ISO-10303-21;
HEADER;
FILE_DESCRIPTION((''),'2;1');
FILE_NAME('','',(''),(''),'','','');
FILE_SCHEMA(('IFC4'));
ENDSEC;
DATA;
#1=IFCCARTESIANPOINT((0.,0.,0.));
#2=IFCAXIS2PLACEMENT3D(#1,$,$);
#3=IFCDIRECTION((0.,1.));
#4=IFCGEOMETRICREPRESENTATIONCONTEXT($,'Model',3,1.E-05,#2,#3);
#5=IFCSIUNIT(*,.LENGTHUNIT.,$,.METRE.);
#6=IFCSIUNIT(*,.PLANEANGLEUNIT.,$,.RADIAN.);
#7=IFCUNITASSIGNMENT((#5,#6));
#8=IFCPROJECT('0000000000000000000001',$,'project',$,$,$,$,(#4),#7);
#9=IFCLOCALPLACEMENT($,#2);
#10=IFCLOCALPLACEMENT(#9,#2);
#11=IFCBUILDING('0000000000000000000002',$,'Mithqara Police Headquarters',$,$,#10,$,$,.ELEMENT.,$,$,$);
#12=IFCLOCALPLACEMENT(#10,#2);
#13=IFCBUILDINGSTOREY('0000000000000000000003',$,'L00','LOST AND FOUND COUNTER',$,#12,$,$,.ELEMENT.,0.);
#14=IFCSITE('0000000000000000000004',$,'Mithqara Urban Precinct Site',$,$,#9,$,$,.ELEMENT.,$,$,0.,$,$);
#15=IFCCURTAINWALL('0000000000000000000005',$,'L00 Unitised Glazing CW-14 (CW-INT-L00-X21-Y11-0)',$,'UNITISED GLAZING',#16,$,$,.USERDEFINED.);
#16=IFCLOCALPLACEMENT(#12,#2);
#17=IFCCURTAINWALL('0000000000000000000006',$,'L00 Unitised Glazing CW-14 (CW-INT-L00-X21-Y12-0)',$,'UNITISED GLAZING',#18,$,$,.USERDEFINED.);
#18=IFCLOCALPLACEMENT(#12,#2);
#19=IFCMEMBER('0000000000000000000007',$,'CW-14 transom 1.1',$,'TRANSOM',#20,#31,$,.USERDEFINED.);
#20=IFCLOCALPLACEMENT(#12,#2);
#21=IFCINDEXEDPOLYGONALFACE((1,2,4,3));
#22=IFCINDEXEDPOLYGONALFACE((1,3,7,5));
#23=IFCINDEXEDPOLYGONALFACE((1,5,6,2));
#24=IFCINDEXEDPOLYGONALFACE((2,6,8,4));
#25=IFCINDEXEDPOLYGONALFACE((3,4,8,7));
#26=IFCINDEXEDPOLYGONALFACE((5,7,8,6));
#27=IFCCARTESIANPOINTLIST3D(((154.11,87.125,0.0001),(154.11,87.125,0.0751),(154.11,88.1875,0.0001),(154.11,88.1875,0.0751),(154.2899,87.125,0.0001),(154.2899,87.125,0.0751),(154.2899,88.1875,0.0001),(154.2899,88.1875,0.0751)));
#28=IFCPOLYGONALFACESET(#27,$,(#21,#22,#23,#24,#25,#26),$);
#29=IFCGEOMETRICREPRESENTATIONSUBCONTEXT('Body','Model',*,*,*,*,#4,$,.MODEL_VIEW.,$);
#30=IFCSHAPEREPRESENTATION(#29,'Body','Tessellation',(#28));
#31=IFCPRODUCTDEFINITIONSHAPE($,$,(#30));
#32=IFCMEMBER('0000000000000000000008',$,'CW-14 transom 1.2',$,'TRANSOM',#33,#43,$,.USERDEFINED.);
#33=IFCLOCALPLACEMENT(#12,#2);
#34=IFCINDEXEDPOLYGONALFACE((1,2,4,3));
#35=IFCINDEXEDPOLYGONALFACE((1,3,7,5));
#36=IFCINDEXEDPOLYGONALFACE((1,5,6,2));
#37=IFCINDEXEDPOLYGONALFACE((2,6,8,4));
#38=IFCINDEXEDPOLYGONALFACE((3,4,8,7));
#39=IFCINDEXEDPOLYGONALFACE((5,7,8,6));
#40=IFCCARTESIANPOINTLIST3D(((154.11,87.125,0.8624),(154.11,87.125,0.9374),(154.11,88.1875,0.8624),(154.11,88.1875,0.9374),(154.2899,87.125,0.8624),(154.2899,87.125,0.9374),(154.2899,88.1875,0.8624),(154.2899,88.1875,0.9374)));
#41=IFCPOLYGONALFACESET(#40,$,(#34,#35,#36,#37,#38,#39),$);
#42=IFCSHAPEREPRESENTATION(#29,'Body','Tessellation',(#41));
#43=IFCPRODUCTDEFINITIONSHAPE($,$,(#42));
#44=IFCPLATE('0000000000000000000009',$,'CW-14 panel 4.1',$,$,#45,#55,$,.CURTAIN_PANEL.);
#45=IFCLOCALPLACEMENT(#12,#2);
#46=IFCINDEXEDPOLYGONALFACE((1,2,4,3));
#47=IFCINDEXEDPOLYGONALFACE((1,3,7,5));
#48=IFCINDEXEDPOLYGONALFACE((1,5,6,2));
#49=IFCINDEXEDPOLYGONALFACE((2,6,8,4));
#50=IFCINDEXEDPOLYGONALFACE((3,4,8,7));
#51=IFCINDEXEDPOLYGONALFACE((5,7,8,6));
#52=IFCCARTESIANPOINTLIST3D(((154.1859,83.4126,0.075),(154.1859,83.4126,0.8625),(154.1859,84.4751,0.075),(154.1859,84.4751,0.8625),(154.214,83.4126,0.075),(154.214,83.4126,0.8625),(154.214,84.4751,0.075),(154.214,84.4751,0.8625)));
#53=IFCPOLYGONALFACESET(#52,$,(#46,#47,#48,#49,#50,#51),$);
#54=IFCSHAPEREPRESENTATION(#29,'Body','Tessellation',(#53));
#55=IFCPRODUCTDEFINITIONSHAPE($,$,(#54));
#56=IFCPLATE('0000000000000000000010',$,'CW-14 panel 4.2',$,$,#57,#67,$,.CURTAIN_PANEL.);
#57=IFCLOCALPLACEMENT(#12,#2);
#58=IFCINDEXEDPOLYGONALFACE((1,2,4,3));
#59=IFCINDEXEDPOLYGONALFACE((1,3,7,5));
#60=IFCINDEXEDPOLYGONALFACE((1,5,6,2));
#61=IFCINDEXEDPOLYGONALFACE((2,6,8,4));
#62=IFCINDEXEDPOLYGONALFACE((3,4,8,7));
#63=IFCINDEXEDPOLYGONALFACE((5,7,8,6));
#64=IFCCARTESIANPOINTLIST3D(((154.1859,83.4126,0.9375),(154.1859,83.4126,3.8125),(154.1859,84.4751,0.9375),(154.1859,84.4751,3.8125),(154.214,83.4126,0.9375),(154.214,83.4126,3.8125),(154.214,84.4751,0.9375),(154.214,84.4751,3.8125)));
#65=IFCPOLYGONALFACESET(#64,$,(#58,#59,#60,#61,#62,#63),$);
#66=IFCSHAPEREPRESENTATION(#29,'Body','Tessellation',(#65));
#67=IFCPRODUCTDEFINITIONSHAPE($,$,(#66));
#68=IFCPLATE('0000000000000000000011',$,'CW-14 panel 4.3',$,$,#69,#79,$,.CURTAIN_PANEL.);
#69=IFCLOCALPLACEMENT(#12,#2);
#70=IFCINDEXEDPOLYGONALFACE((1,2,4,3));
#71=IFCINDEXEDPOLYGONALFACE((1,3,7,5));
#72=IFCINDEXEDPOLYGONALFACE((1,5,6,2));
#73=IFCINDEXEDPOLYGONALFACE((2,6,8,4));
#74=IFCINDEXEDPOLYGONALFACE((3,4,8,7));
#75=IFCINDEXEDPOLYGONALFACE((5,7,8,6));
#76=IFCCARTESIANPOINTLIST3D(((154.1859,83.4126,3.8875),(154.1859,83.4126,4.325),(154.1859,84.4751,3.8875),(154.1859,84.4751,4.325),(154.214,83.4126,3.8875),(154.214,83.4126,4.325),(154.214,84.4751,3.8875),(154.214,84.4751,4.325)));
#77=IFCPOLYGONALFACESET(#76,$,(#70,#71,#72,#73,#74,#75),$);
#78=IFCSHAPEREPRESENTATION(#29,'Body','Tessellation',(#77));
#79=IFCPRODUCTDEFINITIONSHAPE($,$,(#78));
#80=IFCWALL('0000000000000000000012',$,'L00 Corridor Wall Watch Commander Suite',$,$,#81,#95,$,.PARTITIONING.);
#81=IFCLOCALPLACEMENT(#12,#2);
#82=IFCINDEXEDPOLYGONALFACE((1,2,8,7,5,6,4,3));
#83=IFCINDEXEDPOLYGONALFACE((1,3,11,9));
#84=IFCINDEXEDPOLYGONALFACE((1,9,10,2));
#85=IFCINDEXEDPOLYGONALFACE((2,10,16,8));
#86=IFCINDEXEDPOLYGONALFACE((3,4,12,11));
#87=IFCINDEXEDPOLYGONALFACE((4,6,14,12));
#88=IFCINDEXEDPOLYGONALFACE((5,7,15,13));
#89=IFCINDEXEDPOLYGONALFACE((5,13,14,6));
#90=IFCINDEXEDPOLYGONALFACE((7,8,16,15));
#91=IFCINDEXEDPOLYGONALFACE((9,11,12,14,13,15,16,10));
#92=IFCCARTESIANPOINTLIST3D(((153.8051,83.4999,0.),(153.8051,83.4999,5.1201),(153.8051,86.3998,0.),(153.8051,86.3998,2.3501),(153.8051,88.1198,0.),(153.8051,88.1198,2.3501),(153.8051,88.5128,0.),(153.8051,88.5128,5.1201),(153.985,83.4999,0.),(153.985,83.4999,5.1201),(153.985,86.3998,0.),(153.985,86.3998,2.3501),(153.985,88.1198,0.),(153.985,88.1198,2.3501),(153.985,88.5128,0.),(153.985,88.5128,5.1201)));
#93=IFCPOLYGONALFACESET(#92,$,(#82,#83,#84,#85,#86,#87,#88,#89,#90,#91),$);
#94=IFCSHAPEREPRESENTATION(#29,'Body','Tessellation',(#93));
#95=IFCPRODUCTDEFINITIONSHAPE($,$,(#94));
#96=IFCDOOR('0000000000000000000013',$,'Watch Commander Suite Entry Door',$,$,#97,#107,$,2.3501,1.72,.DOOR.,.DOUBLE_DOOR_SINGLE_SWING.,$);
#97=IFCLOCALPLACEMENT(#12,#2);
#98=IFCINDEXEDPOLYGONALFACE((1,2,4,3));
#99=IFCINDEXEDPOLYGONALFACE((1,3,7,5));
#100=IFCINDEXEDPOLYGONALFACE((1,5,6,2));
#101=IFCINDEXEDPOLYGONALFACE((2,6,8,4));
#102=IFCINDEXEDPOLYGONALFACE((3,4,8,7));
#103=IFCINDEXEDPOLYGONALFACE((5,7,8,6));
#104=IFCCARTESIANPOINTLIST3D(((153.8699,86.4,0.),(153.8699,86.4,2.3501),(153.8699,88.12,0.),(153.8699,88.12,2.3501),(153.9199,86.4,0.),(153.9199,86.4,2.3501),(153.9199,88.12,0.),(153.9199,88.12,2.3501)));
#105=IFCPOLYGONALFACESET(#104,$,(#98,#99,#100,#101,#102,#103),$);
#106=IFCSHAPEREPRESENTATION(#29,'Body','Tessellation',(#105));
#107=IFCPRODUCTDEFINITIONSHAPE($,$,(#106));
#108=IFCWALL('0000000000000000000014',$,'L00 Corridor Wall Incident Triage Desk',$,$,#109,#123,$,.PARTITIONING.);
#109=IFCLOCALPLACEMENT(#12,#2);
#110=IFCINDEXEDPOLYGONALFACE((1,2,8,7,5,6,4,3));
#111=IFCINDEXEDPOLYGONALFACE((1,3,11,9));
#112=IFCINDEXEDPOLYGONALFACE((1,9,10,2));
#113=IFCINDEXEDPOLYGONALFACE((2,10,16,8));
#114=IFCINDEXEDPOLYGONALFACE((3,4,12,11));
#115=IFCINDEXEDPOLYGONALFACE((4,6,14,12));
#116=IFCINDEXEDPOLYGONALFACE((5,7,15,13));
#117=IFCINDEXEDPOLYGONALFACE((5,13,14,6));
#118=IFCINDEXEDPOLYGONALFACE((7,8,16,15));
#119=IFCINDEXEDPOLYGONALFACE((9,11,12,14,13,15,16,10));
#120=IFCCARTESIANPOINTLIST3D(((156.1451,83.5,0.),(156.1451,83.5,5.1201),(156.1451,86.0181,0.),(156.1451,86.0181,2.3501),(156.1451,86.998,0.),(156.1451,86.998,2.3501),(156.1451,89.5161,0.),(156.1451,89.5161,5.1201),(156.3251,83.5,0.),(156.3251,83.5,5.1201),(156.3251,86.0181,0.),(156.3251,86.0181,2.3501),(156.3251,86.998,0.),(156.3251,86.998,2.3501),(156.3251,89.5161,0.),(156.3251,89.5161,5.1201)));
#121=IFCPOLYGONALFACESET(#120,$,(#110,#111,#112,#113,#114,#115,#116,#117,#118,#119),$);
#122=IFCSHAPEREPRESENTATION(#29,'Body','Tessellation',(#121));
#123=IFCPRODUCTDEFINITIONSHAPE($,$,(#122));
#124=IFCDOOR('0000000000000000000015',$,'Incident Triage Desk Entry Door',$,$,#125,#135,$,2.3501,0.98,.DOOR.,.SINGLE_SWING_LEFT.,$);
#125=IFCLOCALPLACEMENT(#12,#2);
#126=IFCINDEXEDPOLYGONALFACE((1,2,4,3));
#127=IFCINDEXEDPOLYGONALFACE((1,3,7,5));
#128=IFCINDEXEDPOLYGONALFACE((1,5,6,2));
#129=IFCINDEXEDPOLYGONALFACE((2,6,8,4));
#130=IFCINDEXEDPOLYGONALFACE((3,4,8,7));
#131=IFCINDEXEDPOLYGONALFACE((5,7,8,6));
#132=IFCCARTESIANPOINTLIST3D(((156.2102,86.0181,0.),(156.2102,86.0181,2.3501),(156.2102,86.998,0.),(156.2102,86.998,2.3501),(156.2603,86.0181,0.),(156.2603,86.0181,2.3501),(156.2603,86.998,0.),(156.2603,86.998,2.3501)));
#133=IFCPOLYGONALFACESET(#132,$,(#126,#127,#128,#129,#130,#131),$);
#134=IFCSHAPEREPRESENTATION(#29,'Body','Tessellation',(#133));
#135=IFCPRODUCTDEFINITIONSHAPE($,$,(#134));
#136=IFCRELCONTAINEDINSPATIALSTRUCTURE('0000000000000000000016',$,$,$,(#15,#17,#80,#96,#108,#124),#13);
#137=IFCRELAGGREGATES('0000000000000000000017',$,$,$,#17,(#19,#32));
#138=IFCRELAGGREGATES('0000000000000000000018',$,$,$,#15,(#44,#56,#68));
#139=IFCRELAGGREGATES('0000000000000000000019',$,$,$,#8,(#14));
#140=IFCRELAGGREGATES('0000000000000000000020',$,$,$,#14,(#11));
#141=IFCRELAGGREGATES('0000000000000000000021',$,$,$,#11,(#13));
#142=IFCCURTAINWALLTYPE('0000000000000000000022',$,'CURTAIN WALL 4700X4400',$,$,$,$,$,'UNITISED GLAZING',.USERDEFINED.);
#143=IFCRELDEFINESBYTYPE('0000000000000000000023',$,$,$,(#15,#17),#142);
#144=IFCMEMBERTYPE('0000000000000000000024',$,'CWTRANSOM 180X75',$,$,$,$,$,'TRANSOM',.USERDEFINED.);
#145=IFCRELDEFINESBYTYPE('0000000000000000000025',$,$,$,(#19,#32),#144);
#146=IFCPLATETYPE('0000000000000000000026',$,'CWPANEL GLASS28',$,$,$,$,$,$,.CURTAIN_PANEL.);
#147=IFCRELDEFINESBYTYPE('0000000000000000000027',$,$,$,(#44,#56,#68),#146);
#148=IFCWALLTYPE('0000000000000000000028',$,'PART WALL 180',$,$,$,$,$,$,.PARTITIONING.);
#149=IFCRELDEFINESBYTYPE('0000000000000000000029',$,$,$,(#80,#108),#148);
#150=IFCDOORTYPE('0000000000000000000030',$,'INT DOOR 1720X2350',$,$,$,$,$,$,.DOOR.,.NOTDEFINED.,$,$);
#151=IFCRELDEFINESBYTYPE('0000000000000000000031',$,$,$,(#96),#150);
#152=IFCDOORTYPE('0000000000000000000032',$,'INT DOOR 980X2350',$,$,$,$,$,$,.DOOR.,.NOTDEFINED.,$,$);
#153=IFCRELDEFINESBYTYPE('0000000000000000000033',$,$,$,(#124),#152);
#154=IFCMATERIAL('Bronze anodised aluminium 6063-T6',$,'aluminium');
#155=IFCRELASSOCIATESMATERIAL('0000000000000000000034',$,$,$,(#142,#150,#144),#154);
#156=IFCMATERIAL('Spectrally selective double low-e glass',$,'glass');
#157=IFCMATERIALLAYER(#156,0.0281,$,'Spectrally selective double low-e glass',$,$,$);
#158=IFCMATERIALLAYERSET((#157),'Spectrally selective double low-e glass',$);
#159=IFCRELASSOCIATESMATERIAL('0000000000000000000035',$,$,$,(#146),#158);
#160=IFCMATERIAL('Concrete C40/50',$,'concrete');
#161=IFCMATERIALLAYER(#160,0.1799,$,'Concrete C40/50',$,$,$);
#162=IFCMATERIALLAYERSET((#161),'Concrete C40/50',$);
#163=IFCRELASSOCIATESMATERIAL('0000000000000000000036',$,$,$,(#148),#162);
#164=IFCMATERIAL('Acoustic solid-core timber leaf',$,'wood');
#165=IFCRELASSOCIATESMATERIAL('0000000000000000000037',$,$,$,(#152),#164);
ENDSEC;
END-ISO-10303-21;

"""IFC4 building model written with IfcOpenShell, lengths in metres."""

from ifc_helpers import new_model, si_unit, direction, frame, frame_2d, origin, origin_2d, place, context, subcontext, project, spatial, rectangle, extrude, material, layer, layer_set, material_profile, profile_set, type_object, element, fill, aggregate, save


model = new_model("IFC4")

# Units and contexts
model_context = context("Model", 3, precision=1e-05, world=origin(), true_north=direction((0.0, 1.0)))
body_context = subcontext(model_context, "Body", "Model", "MODEL_VIEW")
ifc_project = project(units=[si_unit("LENGTHUNIT", "METRE"), si_unit("PLANEANGLEUNIT", "RADIAN")], contexts=[model_context])

# Site, building, storey
site_placement = place(None, origin())
site = spatial("IfcSite", under=ifc_project, at=site_placement, Name="Mithqara Urban Precinct Site", CompositionType="ELEMENT", RefElevation=0.0)
building_placement = place(site_placement, origin())
building = spatial("IfcBuilding", under=site, at=building_placement, Name="Mithqara Police Headquarters", CompositionType="ELEMENT")
storey_placement = place(building_placement, origin())
storey = spatial("IfcBuildingStorey", under=building, at=storey_placement, Name="L00", Description="LOST AND FOUND COUNTER", CompositionType="ELEMENT", Elevation=0.0)

# Shared definitions
ifc_material_1 = material(Name="Concrete C40/50", Category="concrete")

# Curtain wall
ifc_material_2 = material(Name="Bronze anodised aluminium 6063-T6", Category="aluminium")
curtain_wall_type = type_object("IfcCurtainWallType", Name="CURTAIN WALL 4700X4400", ElementType="UNITISED GLAZING", PredefinedType="USERDEFINED", material=ifc_material_2)
curtain_wall_1_placement = place(storey_placement, origin())
curtain_wall_1 = element("IfcCurtainWall", 1, at=curtain_wall_1_placement, inside=storey, type_object=curtain_wall_type, Name="L00 Unitised Glazing CW-14 (CW-INT-L00-X21-Y11-0)", ObjectType="UNITISED GLAZING", PredefinedType="USERDEFINED")

# Curtain wall
curtain_wall_2_placement = place(storey_placement, origin())
curtain_wall_2 = element("IfcCurtainWall", 2, at=curtain_wall_2_placement, inside=storey, type_object=curtain_wall_type, Name="L00 Unitised Glazing CW-14 (CW-INT-L00-X21-Y12-0)", ObjectType="UNITISED GLAZING", PredefinedType="USERDEFINED")

# Members
ifc_material_profile_1 = material_profile(ifc_material_2, rectangle(XDim=0.1799, YDim=0.075, at=origin_2d()), Name="CWT 180x75")
ifc_profile_set_1 = profile_set([ifc_material_profile_1], Name="Bronze anodised aluminium 6063-T6")
member_type_1 = type_object("IfcMemberType", Name="CWTRANSOM 180X75", ElementType="TRANSOM", PredefinedType="USERDEFINED", material=ifc_profile_set_1)
member_1_placement = place(storey_placement, frame((154.2, 87.125, 0.0376), z_axis=(0.0, 1.0, 0.0), x_axis=(-1.0, 0.0, 0.0)))
member_1 = element("IfcMember", 3, at=member_1_placement, type_object=member_type_1, Name="CW-14 transom 1.1", ObjectType="TRANSOM", PredefinedType="USERDEFINED", context=body_context, shape_type="SweptSolid", body=[
    extrude(rectangle(XDim=0.1799, YDim=0.075, at=origin_2d()), origin(), (0.0, 0.0, 1.0), 1.0625),
])
member_2_placement = place(storey_placement, frame((154.2, 87.125, 0.8999), z_axis=(0.0, 1.0, 0.0), x_axis=(-1.0, 0.0, 0.0)))
member_2 = element("IfcMember", 4, at=member_2_placement, type_object=member_type_1, Name="CW-14 transom 1.2", ObjectType="TRANSOM", PredefinedType="USERDEFINED", context=body_context, shape_type="SweptSolid", body=[
    extrude(rectangle(XDim=0.1799, YDim=0.075, at=origin_2d()), origin(), (0.0, 0.0, 1.0), 1.0625),
])
aggregate(curtain_wall_2, [member_1, member_2])

# Plates
ifc_material_3 = material(Name="Spectrally selective double low-e glass", Category="glass")
ifc_layer_1 = layer(ifc_material_3, 0.0281, Name="Spectrally selective double low-e glass")
ifc_layer_set_1 = layer_set([ifc_layer_1], Name="Spectrally selective double low-e glass")
plate_type = type_object("IfcPlateType", Name="CWPANEL GLASS28", PredefinedType="CURTAIN_PANEL", material=ifc_layer_set_1)
plate_1_placement = place(storey_placement, frame((154.2, 83.9438, 0.075), z_axis=(0.0, 0.0, 1.0), x_axis=(0.0, 1.0, 0.0)))
plate_1 = element("IfcPlate", 5, at=plate_1_placement, type_object=plate_type, Name="CW-14 panel 4.1", PredefinedType="CURTAIN_PANEL", context=body_context, shape_type="SweptSolid", body=[
    extrude(rectangle(XDim=1.0625, YDim=0.0281, at=origin_2d()), origin(), (0.0, 0.0, 1.0), 0.7876),
])
plate_2_placement = place(storey_placement, frame((154.2, 83.9438, 0.9375), z_axis=(0.0, 0.0, 1.0), x_axis=(0.0, 1.0, 0.0)))
plate_2 = element("IfcPlate", 6, at=plate_2_placement, type_object=plate_type, Name="CW-14 panel 4.2", PredefinedType="CURTAIN_PANEL", context=body_context, shape_type="SweptSolid", body=[
    extrude(rectangle(XDim=1.0625, YDim=0.0281, at=origin_2d()), origin(), (0.0, 0.0, 1.0), 2.875),
])
plate_3_placement = place(storey_placement, frame((154.2, 83.9438, 3.8875), z_axis=(0.0, 0.0, 1.0), x_axis=(0.0, 1.0, 0.0)))
plate_3 = element("IfcPlate", 7, at=plate_3_placement, type_object=plate_type, Name="CW-14 panel 4.3", PredefinedType="CURTAIN_PANEL", context=body_context, shape_type="SweptSolid", body=[
    extrude(rectangle(XDim=1.0625, YDim=0.0281, at=origin_2d()), origin(), (0.0, 0.0, 1.0), 0.4375),
])
aggregate(curtain_wall_1, [plate_1, plate_2, plate_3])

# Walls, openings, doors
ifc_layer_2 = layer(ifc_material_1, 0.1799, Name="Concrete C40/50")
ifc_layer_set_2 = layer_set([ifc_layer_2], Name="Concrete C40/50")
wall_type = type_object("IfcWallType", Name="PART WALL 180", PredefinedType="PARTITIONING", material=ifc_layer_set_2)
wall_1_placement = place(storey_placement, frame((153.895, 83.5, 0.0), z_axis=(0.0, 0.0, 1.0), x_axis=(0.0, 1.0, 0.0)))
wall_1 = element("IfcWall", 8, at=wall_1_placement, inside=storey, type_object=wall_type, Name="L00 Corridor Wall Watch Commander Suite", PredefinedType="PARTITIONING", context=body_context, shape_type="SweptSolid", body=[
    extrude(rectangle(XDim=5.0129, YDim=0.1799, at=frame_2d((2.5063, 0.0))), origin(), (0.0, 0.0, 1.0), 5.1201),
])
opening_1_placement = place(wall_1_placement, frame((2.8999, 0.0, 0.0)))
opening_1 = element("IfcOpeningElement", 9, at=opening_1_placement, cuts=wall_1, PredefinedType="OPENING", context=body_context, shape_type="SweptSolid", body=[
    extrude(rectangle(XDim=1.72, YDim=2.3501, at=frame_2d((0.8599, 1.175))), frame((0.0, 0.1001, 0.0), z_axis=(0.0, -1.0, 0.0), x_axis=(1.0, 0.0, 0.0)), (0.0, 0.0, 1.0), 0.2),
])
door_type_1 = type_object("IfcDoorType", Name="INT DOOR 1720X2350", OperationType="NOTDEFINED", PredefinedType="DOOR", material=ifc_material_2)
door_1_placement = place(opening_1_placement, frame((1.72, 0.0, 0.0), z_axis=(0.0, 0.0, 1.0), x_axis=(-1.0, 0.0, 0.0)))
door_1 = element("IfcDoor", 10, at=door_1_placement, inside=storey, type_object=door_type_1, Name="Watch Commander Suite Entry Door", OperationType="DOUBLE_DOOR_SINGLE_SWING", OverallHeight=2.3501, OverallWidth=1.72, PredefinedType="DOOR", context=body_context, shape_type="SweptSolid", body=[
    extrude(rectangle(XDim=1.72, YDim=2.3501, at=frame_2d((0.8599, 1.175))), frame((0.0, 0.0249, 0.0), z_axis=(0.0, -1.0, 0.0), x_axis=(1.0, 0.0, 0.0)), (0.0, 0.0, 1.0), 0.05),
])
fill(opening_1, door_1)
wall_2_placement = place(storey_placement, frame((156.2351, 83.5, 0.0), z_axis=(0.0, 0.0, 1.0), x_axis=(0.0, 1.0, 0.0)))
wall_2 = element("IfcWall", 11, at=wall_2_placement, inside=storey, type_object=wall_type, Name="L00 Corridor Wall Incident Triage Desk", PredefinedType="PARTITIONING", context=body_context, shape_type="SweptSolid", body=[
    extrude(rectangle(XDim=6.0161, YDim=0.1799, at=frame_2d((3.0081, 0.0))), origin(), (0.0, 0.0, 1.0), 5.1201),
])
opening_2_placement = place(wall_2_placement, frame((2.5181, 0.0, 0.0)))
opening_2 = element("IfcOpeningElement", 12, at=opening_2_placement, cuts=wall_2, PredefinedType="OPENING", context=body_context, shape_type="SweptSolid", body=[
    extrude(rectangle(XDim=0.98, YDim=2.3501, at=frame_2d((0.49, 1.175))), frame((0.0, 0.1001, 0.0), z_axis=(0.0, -1.0, 0.0), x_axis=(1.0, 0.0, 0.0)), (0.0, 0.0, 1.0), 0.2),
])
ifc_material_4 = material(Name="Acoustic solid-core timber leaf", Category="wood")
door_type_2 = type_object("IfcDoorType", Name="INT DOOR 980X2350", OperationType="NOTDEFINED", PredefinedType="DOOR", material=ifc_material_4)
door_2_placement = place(opening_2_placement, origin())
door_2 = element("IfcDoor", 13, at=door_2_placement, inside=storey, type_object=door_type_2, Name="Incident Triage Desk Entry Door", OperationType="SINGLE_SWING_LEFT", OverallHeight=2.3501, OverallWidth=0.98, PredefinedType="DOOR", context=body_context, shape_type="SweptSolid", body=[
    extrude(rectangle(XDim=0.98, YDim=2.3501, at=frame_2d((0.49, 1.175))), frame((0.0, 0.0249, 0.0), z_axis=(0.0, -1.0, 0.0), x_axis=(1.0, 0.0, 0.0)), (0.0, 0.0, 1.0), 0.05),
])
fill(opening_2, door_2)

save(model, "model.ifc")
